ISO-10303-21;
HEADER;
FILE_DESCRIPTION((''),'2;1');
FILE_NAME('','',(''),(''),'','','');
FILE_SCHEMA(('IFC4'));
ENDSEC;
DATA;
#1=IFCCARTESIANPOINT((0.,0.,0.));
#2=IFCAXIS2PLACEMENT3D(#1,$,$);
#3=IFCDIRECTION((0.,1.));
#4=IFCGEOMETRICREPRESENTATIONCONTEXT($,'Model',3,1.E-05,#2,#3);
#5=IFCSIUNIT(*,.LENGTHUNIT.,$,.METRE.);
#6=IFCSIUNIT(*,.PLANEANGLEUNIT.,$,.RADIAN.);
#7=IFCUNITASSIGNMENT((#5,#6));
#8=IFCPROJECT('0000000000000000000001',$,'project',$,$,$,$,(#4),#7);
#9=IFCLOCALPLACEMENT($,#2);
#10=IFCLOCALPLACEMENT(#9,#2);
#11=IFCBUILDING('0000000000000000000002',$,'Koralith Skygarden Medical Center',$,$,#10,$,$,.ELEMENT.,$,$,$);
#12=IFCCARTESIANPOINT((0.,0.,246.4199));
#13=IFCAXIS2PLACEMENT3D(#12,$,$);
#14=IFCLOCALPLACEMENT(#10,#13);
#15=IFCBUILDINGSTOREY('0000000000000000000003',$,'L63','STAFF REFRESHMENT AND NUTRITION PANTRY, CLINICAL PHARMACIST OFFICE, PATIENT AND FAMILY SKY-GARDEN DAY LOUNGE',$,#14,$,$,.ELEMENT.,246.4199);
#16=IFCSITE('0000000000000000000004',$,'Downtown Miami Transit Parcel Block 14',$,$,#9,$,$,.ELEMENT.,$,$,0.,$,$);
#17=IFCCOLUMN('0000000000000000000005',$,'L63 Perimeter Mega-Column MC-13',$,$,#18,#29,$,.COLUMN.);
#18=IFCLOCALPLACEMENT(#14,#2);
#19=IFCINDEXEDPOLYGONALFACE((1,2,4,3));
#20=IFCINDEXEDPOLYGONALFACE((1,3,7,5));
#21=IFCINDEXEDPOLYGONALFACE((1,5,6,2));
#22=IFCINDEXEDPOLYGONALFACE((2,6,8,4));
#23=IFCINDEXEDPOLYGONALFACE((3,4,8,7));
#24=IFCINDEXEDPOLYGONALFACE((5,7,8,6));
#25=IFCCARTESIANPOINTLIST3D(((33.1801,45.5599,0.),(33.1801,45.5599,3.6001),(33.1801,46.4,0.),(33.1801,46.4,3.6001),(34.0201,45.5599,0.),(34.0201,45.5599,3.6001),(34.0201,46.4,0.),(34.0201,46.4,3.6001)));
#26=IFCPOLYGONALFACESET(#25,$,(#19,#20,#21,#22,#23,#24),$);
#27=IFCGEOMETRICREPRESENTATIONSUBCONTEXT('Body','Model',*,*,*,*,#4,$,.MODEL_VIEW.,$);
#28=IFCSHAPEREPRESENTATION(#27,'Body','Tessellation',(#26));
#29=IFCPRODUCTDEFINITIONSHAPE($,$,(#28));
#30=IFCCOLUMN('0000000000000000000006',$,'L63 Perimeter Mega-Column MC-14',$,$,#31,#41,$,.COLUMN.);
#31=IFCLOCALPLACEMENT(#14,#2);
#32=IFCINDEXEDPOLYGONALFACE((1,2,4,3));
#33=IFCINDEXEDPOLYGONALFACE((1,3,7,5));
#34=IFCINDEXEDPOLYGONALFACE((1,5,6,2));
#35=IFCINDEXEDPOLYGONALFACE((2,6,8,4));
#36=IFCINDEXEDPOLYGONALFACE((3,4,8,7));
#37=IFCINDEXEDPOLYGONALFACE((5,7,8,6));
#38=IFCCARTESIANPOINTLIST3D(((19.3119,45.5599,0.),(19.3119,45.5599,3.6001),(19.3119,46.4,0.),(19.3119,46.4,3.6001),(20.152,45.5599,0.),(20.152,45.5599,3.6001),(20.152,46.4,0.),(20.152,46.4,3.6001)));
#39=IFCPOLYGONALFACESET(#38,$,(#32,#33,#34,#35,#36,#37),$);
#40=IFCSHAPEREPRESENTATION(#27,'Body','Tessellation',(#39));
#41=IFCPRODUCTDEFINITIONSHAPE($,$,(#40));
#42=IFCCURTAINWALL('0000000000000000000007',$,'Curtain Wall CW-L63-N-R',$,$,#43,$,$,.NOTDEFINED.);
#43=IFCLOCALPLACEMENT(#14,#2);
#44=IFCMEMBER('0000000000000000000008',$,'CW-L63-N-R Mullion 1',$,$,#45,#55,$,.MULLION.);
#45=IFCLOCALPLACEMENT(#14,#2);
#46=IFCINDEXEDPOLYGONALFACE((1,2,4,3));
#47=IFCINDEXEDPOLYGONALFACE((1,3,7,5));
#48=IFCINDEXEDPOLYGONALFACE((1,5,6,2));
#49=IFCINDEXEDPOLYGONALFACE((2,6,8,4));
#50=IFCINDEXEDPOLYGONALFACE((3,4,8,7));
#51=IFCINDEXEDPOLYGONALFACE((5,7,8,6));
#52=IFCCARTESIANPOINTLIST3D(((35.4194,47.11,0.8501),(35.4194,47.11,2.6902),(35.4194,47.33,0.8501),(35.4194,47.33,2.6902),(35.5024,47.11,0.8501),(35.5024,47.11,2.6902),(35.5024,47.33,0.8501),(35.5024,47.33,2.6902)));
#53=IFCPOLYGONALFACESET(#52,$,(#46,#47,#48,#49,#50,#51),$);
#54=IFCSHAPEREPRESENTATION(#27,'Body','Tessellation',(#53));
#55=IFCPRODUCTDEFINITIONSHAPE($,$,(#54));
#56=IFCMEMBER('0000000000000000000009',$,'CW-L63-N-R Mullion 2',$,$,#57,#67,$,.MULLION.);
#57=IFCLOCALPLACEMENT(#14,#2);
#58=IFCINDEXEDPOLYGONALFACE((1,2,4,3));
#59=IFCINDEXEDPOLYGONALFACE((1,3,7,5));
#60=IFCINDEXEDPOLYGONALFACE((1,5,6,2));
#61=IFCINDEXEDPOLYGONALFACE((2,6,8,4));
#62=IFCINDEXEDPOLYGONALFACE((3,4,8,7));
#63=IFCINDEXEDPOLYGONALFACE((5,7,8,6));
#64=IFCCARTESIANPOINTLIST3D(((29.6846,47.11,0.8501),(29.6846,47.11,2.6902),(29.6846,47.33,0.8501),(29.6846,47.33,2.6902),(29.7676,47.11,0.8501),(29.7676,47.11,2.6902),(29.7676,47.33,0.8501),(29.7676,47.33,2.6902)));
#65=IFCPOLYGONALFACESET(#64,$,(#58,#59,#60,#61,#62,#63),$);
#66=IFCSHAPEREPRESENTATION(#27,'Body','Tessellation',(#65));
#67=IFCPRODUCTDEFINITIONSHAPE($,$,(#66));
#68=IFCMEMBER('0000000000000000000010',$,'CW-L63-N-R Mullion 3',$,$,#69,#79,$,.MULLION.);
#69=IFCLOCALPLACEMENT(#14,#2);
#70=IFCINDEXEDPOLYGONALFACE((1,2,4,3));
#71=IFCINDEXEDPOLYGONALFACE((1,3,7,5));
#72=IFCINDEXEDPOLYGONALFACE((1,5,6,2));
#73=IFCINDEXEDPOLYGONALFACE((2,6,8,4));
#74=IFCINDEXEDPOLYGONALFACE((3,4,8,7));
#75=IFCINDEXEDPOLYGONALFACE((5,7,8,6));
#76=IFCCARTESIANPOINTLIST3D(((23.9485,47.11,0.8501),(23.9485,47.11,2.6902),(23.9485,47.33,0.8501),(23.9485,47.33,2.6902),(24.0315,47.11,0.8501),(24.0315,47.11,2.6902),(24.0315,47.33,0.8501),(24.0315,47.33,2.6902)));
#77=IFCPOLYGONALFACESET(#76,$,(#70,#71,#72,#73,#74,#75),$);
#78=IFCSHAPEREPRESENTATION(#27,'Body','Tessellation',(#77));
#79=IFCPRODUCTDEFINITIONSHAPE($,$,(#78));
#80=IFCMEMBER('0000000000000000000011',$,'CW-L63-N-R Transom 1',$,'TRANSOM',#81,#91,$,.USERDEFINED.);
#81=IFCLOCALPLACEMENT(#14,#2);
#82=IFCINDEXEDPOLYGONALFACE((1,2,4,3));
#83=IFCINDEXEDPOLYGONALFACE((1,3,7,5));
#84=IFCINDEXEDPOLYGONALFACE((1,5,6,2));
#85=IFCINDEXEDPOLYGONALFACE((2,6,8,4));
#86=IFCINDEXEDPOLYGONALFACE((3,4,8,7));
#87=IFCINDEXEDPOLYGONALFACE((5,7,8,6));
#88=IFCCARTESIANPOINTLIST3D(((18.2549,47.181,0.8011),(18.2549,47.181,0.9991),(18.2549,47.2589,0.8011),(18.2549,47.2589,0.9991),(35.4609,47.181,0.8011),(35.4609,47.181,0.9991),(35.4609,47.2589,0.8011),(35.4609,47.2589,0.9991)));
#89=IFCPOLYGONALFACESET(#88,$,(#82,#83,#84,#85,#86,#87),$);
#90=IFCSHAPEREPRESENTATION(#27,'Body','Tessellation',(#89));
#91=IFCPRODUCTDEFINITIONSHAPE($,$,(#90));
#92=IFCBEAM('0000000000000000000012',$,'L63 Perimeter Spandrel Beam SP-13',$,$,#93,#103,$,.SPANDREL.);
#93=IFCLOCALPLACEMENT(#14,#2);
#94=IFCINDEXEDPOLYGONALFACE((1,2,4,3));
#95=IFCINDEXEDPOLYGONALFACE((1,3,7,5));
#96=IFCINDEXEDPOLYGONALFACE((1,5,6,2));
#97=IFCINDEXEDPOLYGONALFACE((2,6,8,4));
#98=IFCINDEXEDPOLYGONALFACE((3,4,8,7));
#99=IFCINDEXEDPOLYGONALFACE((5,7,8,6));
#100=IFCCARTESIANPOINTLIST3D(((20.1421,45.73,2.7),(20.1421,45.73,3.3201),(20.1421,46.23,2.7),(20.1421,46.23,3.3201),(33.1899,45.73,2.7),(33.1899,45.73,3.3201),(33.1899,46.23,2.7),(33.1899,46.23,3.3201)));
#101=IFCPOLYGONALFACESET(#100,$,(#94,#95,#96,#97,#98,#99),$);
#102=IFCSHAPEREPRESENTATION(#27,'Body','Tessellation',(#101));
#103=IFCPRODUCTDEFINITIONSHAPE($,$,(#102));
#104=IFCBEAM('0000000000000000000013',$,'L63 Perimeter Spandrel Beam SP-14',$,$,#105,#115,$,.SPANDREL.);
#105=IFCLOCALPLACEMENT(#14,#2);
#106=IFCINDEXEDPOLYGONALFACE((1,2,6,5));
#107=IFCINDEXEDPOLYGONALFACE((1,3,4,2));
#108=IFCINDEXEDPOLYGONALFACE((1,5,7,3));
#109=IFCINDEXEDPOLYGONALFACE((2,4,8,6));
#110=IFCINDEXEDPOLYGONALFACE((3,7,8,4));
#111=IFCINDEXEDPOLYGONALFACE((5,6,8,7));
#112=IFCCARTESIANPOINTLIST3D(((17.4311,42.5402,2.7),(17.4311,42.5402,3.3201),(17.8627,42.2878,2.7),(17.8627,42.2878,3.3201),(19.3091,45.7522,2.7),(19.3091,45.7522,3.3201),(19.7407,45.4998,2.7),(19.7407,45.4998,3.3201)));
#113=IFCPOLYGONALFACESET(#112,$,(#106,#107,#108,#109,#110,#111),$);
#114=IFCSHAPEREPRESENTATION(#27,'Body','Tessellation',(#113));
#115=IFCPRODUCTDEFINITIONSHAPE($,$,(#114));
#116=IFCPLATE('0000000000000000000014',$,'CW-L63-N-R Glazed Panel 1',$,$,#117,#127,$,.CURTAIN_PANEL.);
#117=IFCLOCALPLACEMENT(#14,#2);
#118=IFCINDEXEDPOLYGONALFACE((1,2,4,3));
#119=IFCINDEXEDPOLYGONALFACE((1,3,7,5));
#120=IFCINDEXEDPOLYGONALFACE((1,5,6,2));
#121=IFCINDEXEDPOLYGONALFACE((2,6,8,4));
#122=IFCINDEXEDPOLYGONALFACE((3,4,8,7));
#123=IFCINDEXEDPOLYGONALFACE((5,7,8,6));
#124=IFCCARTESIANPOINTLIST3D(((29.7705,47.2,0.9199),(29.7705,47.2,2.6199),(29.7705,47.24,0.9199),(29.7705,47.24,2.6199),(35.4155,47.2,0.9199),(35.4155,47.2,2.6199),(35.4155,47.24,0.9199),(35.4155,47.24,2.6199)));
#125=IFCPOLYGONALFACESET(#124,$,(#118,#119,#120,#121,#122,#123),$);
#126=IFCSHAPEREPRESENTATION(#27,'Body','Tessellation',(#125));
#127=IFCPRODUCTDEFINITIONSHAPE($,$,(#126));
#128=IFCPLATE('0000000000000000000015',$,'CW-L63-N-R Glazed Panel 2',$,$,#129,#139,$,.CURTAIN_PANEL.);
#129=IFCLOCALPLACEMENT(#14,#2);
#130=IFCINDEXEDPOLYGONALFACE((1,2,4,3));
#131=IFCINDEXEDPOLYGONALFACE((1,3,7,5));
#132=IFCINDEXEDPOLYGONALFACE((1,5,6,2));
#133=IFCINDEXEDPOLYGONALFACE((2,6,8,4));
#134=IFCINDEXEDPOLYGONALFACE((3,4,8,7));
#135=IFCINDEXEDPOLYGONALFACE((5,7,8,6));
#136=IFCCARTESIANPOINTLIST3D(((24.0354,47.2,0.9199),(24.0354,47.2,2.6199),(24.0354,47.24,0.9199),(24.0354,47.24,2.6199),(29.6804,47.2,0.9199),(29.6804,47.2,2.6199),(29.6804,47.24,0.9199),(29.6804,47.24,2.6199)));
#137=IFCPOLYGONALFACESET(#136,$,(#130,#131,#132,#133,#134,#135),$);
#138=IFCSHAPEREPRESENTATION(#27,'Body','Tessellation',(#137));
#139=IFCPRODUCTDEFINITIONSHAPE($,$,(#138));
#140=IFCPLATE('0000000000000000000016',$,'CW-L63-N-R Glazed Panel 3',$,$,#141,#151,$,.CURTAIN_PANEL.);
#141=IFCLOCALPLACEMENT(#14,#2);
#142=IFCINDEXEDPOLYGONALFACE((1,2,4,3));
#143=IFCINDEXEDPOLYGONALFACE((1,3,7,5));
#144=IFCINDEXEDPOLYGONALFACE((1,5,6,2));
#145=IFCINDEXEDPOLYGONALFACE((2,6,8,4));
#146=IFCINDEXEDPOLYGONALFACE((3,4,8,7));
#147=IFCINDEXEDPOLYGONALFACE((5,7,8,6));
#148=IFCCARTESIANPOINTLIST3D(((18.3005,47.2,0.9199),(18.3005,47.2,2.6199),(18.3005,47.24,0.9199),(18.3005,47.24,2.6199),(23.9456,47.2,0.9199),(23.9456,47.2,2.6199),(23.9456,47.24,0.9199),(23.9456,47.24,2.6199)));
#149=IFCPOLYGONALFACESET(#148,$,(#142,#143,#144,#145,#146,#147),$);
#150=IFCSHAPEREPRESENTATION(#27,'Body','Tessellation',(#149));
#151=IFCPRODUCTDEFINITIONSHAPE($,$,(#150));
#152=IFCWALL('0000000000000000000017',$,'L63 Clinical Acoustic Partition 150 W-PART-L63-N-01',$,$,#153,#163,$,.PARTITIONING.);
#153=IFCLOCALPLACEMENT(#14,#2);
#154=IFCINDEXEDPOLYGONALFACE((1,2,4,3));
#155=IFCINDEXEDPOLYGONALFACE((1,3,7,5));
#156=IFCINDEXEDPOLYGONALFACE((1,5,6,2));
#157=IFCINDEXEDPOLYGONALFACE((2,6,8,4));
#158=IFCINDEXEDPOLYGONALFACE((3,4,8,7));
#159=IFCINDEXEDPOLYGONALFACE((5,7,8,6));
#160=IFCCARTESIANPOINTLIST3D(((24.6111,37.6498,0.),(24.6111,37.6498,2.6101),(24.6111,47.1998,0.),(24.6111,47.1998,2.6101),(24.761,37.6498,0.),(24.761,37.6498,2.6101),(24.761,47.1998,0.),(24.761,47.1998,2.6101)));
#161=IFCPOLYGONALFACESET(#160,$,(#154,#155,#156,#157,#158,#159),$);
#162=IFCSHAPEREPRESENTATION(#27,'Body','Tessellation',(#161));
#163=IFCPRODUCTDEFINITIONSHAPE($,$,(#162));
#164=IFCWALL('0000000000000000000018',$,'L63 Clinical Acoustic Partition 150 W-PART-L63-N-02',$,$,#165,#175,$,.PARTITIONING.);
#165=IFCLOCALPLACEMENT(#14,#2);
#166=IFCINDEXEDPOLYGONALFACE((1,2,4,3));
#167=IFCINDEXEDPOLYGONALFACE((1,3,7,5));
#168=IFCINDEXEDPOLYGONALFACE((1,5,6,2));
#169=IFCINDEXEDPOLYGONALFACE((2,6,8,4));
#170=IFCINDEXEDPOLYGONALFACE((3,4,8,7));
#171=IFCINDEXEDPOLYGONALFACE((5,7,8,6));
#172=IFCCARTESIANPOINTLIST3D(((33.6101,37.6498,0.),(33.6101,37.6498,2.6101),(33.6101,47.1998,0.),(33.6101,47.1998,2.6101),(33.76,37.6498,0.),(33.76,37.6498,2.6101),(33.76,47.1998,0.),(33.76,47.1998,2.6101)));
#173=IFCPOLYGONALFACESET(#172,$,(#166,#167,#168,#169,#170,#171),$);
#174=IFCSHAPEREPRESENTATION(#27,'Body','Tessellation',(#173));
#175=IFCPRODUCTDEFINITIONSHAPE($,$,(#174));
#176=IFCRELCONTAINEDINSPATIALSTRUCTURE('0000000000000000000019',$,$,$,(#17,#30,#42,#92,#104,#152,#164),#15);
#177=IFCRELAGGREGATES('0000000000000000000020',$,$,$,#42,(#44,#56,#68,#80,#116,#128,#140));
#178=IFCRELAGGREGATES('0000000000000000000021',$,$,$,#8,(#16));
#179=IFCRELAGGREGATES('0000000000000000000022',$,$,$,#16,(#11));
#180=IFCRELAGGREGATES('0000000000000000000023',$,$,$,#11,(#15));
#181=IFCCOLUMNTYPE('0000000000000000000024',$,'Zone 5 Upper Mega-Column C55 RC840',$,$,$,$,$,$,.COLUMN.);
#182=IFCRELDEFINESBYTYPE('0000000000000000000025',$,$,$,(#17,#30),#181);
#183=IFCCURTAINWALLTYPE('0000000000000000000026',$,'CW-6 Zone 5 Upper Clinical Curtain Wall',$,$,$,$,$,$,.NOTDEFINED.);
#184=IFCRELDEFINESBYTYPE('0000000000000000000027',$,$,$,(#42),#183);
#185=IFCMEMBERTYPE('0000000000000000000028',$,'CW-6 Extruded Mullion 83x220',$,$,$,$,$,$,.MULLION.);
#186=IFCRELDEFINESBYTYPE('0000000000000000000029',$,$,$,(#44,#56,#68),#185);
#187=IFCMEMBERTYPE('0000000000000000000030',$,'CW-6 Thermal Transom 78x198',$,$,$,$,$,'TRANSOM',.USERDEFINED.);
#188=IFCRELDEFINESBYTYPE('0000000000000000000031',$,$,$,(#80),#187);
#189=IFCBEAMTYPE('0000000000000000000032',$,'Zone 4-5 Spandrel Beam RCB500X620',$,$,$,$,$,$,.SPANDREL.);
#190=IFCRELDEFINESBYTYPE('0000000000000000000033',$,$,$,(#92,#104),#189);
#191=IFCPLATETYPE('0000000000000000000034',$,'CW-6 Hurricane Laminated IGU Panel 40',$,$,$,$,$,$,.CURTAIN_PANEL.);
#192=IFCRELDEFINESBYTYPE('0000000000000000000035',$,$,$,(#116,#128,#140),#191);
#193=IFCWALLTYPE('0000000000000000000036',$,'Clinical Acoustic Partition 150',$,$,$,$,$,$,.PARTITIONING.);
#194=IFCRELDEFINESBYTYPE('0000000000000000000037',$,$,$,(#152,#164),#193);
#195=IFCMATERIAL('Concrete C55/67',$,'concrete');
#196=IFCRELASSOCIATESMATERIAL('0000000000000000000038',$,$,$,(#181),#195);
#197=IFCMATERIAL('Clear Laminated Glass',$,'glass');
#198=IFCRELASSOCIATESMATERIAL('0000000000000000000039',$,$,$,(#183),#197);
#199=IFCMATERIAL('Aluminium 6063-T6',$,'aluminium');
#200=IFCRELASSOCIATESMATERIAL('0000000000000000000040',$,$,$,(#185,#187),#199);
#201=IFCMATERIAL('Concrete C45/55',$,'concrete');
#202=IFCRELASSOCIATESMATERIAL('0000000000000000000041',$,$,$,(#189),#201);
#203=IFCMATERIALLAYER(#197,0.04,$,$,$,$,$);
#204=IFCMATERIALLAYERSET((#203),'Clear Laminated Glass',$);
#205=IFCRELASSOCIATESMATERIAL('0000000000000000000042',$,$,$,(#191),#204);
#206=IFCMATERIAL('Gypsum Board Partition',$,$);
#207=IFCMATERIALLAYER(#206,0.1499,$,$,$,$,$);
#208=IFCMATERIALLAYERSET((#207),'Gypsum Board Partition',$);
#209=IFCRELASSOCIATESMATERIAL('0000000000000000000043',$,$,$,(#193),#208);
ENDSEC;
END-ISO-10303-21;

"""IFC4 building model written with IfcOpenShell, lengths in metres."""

from ifc_helpers import new_model, si_unit, direction, frame, frame_2d, origin, origin_2d, place, context, subcontext, project, spatial, rectangle, extrude, material, layer, layer_set, material_profile, profile_set, type_object, element, aggregate, save


model = new_model("IFC4")

# Units and contexts
model_context = context("Model", 3, precision=1e-05, world=origin(), true_north=direction((0.0, 1.0)))
body_context = subcontext(model_context, "Body", "Model", "MODEL_VIEW")
ifc_project = project(units=[si_unit("LENGTHUNIT", "METRE"), si_unit("PLANEANGLEUNIT", "RADIAN")], contexts=[model_context])

# Site, building, storey
site_placement = place(None, origin())
site = spatial("IfcSite", under=ifc_project, at=site_placement, Name="Downtown Miami Transit Parcel Block 14", CompositionType="ELEMENT", RefElevation=0.0)
building_placement = place(site_placement, origin())
building = spatial("IfcBuilding", under=site, at=building_placement, Name="Koralith Skygarden Medical Center", CompositionType="ELEMENT")
storey_placement = place(building_placement, frame((0.0, 0.0, 246.4199)))
storey = spatial("IfcBuildingStorey", under=building, at=storey_placement, Name="L63", Description="STAFF REFRESHMENT AND NUTRITION PANTRY, CLINICAL PHARMACIST OFFICE, PATIENT AND FAMILY SKY-GARDEN DAY LOUNGE", CompositionType="ELEMENT", Elevation=246.4199)

# Columns
ifc_material_1 = material(Name="Concrete C55/67", Category="concrete")
ifc_material_profile_1 = material_profile(ifc_material_1, rectangle(XDim=0.8401, YDim=0.8401, at=origin_2d()), Name="RC840X840")
ifc_profile_set_1 = profile_set([ifc_material_profile_1], Name="Concrete C55/67")
column_type = type_object("IfcColumnType", Name="Zone 5 Upper Mega-Column C55 RC840", PredefinedType="COLUMN", material=ifc_profile_set_1)
for number, where, z_axis, x_axis, name in (
    (1, (33.6001, 45.98, 0.0), (0.0, 0.0, 1.0), (1.0, 0.0, 0.0), "L63 Perimeter Mega-Column MC-13"),
    (2, (19.7319, 45.98, 0.0), (0.0, 0.0, 1.0), (1.0, 0.0, 0.0), "L63 Perimeter Mega-Column MC-14"),
):
    element("IfcColumn", number, at=place(storey_placement, frame(where, z_axis=z_axis, x_axis=x_axis)), inside=storey, type_object=column_type, Name=name, PredefinedType="COLUMN", context=body_context, shape_type="SweptSolid", body=[
        extrude(rectangle(XDim=0.8401, YDim=0.8401, at=origin_2d()), origin(), (0.0, 0.0, 1.0), 3.6001),
    ])

# Curtain wall, members
ifc_material_2 = material(Name="Clear Laminated Glass", Category="glass")
curtain_wall_type = type_object("IfcCurtainWallType", Name="CW-6 Zone 5 Upper Clinical Curtain Wall", PredefinedType="NOTDEFINED", material=ifc_material_2)
curtain_wall_placement = place(storey_placement, origin())
curtain_wall = element("IfcCurtainWall", 3, at=curtain_wall_placement, inside=storey, type_object=curtain_wall_type, Name="Curtain Wall CW-L63-N-R", PredefinedType="NOTDEFINED")
ifc_material_3 = material(Name="Aluminium 6063-T6", Category="aluminium")
ifc_material_profile_2 = material_profile(ifc_material_3, rectangle(XDim=0.083, YDim=0.22, at=origin_2d()), Name="MUL83X220")
ifc_profile_set_2 = profile_set([ifc_material_profile_2], Name="Aluminium 6063-T6")
member_type_1 = type_object("IfcMemberType", Name="CW-6 Extruded Mullion 83x220", PredefinedType="MULLION", material=ifc_profile_set_2)
member_1_placement = place(storey_placement, frame((35.4609, 47.22, 0.8501), z_axis=(0.0, 0.0, 1.0), x_axis=(1.0, 0.0, 0.0)))
member_1 = element("IfcMember", 4, at=member_1_placement, type_object=member_type_1, Name="CW-L63-N-R Mullion 1", PredefinedType="MULLION", context=body_context, shape_type="SweptSolid", body=[
    extrude(rectangle(XDim=0.083, YDim=0.22, at=origin_2d()), origin(), (0.0, 0.0, 1.0), 1.8401),
])
member_2_placement = place(storey_placement, frame((29.7261, 47.22, 0.8501), z_axis=(0.0, 0.0, 1.0), x_axis=(1.0, 0.0, 0.0)))
member_2 = element("IfcMember", 5, at=member_2_placement, type_object=member_type_1, Name="CW-L63-N-R Mullion 2", PredefinedType="MULLION", context=body_context, shape_type="SweptSolid", body=[
    extrude(rectangle(XDim=0.083, YDim=0.22, at=origin_2d()), origin(), (0.0, 0.0, 1.0), 1.8401),
])
member_3_placement = place(storey_placement, frame((23.99, 47.22, 0.8501), z_axis=(0.0, 0.0, 1.0), x_axis=(1.0, 0.0, 0.0)))
member_3 = element("IfcMember", 6, at=member_3_placement, type_object=member_type_1, Name="CW-L63-N-R Mullion 3", PredefinedType="MULLION", context=body_context, shape_type="SweptSolid", body=[
    extrude(rectangle(XDim=0.083, YDim=0.22, at=origin_2d()), origin(), (0.0, 0.0, 1.0), 1.8401),
])
ifc_material_profile_3 = material_profile(ifc_material_3, rectangle(XDim=0.0779, YDim=0.198, at=origin_2d()), Name="TRN78X198")
ifc_profile_set_3 = profile_set([ifc_material_profile_3], Name="Aluminium 6063-T6")
member_type_2 = type_object("IfcMemberType", Name="CW-6 Thermal Transom 78x198", ElementType="TRANSOM", PredefinedType="USERDEFINED", material=ifc_profile_set_3)
member_4_placement = place(storey_placement, frame((35.4609, 47.22, 0.9001), z_axis=(-1.0, 0.0, 0.0), x_axis=(0.0, -1.0, 0.0)))
member_4 = element("IfcMember", 7, at=member_4_placement, type_object=member_type_2, Name="CW-L63-N-R Transom 1", ObjectType="TRANSOM", PredefinedType="USERDEFINED", context=body_context, shape_type="SweptSolid", body=[
    extrude(rectangle(XDim=0.0779, YDim=0.198, at=origin_2d()), origin(), (0.0, 0.0, 1.0), 17.2061),
])

# Beams
ifc_material_4 = material(Name="Concrete C45/55", Category="concrete")
ifc_material_profile_4 = material_profile(ifc_material_4, rectangle(XDim=0.5, YDim=0.6201, at=origin_2d()), Name="RCB500X620")
ifc_profile_set_4 = profile_set([ifc_material_profile_4], Name="Concrete C45/55")
beam_type = type_object("IfcBeamType", Name="Zone 4-5 Spandrel Beam RCB500X620", PredefinedType="SPANDREL", material=ifc_profile_set_4)
beam_1_placement = place(storey_placement, frame((33.1899, 45.98, 3.01), z_axis=(-1.0, 0.0, 0.0), x_axis=(0.0, -1.0, 0.0)))
element("IfcBeam", 8, at=beam_1_placement, inside=storey, type_object=beam_type, Name="L63 Perimeter Spandrel Beam SP-13", PredefinedType="SPANDREL", context=body_context, shape_type="SweptSolid", body=[
    extrude(rectangle(XDim=0.5, YDim=0.6201, at=origin_2d()), origin(), (0.0, 0.0, 1.0), 13.0479),
])
beam_2_placement = place(storey_placement, frame((19.5249, 45.626, 3.01), z_axis=(-0.504736, -0.863274, 0.0), x_axis=(0.863274, -0.504736, 0.0)))
element("IfcBeam", 9, at=beam_2_placement, inside=storey, type_object=beam_type, Name="L63 Perimeter Spandrel Beam SP-14", PredefinedType="SPANDREL", context=body_context, shape_type="SweptSolid", body=[
    extrude(rectangle(XDim=0.5, YDim=0.6201, at=origin_2d()), origin(), (0.0, 0.0, 1.0), 3.7207),
])

# Plates
ifc_layer_1 = layer(ifc_material_2, 0.04)
ifc_layer_set_1 = layer_set([ifc_layer_1], Name="Clear Laminated Glass")
plate_type = type_object("IfcPlateType", Name="CW-6 Hurricane Laminated IGU Panel 40", PredefinedType="CURTAIN_PANEL", material=ifc_layer_set_1)
plate_1_placement = place(storey_placement, frame((32.593, 47.22, 0.9199), z_axis=(0.0, 0.0, 1.0), x_axis=(-1.0, 0.0, 0.0)))
plate_1 = element("IfcPlate", 10, at=plate_1_placement, type_object=plate_type, Name="CW-L63-N-R Glazed Panel 1", PredefinedType="CURTAIN_PANEL", context=body_context, shape_type="SweptSolid", body=[
    extrude(rectangle(XDim=5.645, YDim=0.04, at=origin_2d()), origin(), (0.0, 0.0, 1.0), 1.7),
])
plate_2_placement = place(storey_placement, frame((26.8579, 47.22, 0.9199), z_axis=(0.0, 0.0, 1.0), x_axis=(-1.0, 0.0, 0.0)))
plate_2 = element("IfcPlate", 11, at=plate_2_placement, type_object=plate_type, Name="CW-L63-N-R Glazed Panel 2", PredefinedType="CURTAIN_PANEL", context=body_context, shape_type="SweptSolid", body=[
    extrude(rectangle(XDim=5.645, YDim=0.04, at=origin_2d()), origin(), (0.0, 0.0, 1.0), 1.7),
])
plate_3_placement = place(storey_placement, frame((21.123, 47.22, 0.9199), z_axis=(0.0, 0.0, 1.0), x_axis=(-1.0, 0.0, 0.0)))
plate_3 = element("IfcPlate", 12, at=plate_3_placement, type_object=plate_type, Name="CW-L63-N-R Glazed Panel 3", PredefinedType="CURTAIN_PANEL", context=body_context, shape_type="SweptSolid", body=[
    extrude(rectangle(XDim=5.645, YDim=0.04, at=origin_2d()), origin(), (0.0, 0.0, 1.0), 1.7),
])
aggregate(curtain_wall, [member_1, member_2, member_3, member_4, plate_1, plate_2, plate_3])

# Walls
ifc_material_5 = material(Name="Gypsum Board Partition")
ifc_layer_2 = layer(ifc_material_5, 0.1499)
ifc_layer_set_2 = layer_set([ifc_layer_2], Name="Gypsum Board Partition")
wall_type_1 = type_object("IfcWallType", Name="Clinical Acoustic Partition 150", PredefinedType="PARTITIONING", material=ifc_layer_set_2)
for number, where, z_axis, x_axis, name in (
    (13, (24.686, 37.6499, 0.0), (0.0, 0.0, 1.0), (0.0, 1.0, 0.0), "L63 Clinical Acoustic Partition 150 W-PART-L63-N-01"),
    (14, (33.6851, 37.6499, 0.0), (0.0, 0.0, 1.0), (0.0, 1.0, 0.0), "L63 Clinical Acoustic Partition 150 W-PART-L63-N-02"),
):
    element("IfcWall", number, at=place(storey_placement, frame(where, z_axis=z_axis, x_axis=x_axis)), inside=storey, type_object=wall_type_1, Name=name, PredefinedType="PARTITIONING", context=body_context, shape_type="SweptSolid", body=[
        extrude(rectangle(XDim=9.55, YDim=0.1499, at=frame_2d((4.7749, 0.0))), origin(), (0.0, 0.0, 1.0), 2.6101),
    ])

save(model, "model.ifc")
